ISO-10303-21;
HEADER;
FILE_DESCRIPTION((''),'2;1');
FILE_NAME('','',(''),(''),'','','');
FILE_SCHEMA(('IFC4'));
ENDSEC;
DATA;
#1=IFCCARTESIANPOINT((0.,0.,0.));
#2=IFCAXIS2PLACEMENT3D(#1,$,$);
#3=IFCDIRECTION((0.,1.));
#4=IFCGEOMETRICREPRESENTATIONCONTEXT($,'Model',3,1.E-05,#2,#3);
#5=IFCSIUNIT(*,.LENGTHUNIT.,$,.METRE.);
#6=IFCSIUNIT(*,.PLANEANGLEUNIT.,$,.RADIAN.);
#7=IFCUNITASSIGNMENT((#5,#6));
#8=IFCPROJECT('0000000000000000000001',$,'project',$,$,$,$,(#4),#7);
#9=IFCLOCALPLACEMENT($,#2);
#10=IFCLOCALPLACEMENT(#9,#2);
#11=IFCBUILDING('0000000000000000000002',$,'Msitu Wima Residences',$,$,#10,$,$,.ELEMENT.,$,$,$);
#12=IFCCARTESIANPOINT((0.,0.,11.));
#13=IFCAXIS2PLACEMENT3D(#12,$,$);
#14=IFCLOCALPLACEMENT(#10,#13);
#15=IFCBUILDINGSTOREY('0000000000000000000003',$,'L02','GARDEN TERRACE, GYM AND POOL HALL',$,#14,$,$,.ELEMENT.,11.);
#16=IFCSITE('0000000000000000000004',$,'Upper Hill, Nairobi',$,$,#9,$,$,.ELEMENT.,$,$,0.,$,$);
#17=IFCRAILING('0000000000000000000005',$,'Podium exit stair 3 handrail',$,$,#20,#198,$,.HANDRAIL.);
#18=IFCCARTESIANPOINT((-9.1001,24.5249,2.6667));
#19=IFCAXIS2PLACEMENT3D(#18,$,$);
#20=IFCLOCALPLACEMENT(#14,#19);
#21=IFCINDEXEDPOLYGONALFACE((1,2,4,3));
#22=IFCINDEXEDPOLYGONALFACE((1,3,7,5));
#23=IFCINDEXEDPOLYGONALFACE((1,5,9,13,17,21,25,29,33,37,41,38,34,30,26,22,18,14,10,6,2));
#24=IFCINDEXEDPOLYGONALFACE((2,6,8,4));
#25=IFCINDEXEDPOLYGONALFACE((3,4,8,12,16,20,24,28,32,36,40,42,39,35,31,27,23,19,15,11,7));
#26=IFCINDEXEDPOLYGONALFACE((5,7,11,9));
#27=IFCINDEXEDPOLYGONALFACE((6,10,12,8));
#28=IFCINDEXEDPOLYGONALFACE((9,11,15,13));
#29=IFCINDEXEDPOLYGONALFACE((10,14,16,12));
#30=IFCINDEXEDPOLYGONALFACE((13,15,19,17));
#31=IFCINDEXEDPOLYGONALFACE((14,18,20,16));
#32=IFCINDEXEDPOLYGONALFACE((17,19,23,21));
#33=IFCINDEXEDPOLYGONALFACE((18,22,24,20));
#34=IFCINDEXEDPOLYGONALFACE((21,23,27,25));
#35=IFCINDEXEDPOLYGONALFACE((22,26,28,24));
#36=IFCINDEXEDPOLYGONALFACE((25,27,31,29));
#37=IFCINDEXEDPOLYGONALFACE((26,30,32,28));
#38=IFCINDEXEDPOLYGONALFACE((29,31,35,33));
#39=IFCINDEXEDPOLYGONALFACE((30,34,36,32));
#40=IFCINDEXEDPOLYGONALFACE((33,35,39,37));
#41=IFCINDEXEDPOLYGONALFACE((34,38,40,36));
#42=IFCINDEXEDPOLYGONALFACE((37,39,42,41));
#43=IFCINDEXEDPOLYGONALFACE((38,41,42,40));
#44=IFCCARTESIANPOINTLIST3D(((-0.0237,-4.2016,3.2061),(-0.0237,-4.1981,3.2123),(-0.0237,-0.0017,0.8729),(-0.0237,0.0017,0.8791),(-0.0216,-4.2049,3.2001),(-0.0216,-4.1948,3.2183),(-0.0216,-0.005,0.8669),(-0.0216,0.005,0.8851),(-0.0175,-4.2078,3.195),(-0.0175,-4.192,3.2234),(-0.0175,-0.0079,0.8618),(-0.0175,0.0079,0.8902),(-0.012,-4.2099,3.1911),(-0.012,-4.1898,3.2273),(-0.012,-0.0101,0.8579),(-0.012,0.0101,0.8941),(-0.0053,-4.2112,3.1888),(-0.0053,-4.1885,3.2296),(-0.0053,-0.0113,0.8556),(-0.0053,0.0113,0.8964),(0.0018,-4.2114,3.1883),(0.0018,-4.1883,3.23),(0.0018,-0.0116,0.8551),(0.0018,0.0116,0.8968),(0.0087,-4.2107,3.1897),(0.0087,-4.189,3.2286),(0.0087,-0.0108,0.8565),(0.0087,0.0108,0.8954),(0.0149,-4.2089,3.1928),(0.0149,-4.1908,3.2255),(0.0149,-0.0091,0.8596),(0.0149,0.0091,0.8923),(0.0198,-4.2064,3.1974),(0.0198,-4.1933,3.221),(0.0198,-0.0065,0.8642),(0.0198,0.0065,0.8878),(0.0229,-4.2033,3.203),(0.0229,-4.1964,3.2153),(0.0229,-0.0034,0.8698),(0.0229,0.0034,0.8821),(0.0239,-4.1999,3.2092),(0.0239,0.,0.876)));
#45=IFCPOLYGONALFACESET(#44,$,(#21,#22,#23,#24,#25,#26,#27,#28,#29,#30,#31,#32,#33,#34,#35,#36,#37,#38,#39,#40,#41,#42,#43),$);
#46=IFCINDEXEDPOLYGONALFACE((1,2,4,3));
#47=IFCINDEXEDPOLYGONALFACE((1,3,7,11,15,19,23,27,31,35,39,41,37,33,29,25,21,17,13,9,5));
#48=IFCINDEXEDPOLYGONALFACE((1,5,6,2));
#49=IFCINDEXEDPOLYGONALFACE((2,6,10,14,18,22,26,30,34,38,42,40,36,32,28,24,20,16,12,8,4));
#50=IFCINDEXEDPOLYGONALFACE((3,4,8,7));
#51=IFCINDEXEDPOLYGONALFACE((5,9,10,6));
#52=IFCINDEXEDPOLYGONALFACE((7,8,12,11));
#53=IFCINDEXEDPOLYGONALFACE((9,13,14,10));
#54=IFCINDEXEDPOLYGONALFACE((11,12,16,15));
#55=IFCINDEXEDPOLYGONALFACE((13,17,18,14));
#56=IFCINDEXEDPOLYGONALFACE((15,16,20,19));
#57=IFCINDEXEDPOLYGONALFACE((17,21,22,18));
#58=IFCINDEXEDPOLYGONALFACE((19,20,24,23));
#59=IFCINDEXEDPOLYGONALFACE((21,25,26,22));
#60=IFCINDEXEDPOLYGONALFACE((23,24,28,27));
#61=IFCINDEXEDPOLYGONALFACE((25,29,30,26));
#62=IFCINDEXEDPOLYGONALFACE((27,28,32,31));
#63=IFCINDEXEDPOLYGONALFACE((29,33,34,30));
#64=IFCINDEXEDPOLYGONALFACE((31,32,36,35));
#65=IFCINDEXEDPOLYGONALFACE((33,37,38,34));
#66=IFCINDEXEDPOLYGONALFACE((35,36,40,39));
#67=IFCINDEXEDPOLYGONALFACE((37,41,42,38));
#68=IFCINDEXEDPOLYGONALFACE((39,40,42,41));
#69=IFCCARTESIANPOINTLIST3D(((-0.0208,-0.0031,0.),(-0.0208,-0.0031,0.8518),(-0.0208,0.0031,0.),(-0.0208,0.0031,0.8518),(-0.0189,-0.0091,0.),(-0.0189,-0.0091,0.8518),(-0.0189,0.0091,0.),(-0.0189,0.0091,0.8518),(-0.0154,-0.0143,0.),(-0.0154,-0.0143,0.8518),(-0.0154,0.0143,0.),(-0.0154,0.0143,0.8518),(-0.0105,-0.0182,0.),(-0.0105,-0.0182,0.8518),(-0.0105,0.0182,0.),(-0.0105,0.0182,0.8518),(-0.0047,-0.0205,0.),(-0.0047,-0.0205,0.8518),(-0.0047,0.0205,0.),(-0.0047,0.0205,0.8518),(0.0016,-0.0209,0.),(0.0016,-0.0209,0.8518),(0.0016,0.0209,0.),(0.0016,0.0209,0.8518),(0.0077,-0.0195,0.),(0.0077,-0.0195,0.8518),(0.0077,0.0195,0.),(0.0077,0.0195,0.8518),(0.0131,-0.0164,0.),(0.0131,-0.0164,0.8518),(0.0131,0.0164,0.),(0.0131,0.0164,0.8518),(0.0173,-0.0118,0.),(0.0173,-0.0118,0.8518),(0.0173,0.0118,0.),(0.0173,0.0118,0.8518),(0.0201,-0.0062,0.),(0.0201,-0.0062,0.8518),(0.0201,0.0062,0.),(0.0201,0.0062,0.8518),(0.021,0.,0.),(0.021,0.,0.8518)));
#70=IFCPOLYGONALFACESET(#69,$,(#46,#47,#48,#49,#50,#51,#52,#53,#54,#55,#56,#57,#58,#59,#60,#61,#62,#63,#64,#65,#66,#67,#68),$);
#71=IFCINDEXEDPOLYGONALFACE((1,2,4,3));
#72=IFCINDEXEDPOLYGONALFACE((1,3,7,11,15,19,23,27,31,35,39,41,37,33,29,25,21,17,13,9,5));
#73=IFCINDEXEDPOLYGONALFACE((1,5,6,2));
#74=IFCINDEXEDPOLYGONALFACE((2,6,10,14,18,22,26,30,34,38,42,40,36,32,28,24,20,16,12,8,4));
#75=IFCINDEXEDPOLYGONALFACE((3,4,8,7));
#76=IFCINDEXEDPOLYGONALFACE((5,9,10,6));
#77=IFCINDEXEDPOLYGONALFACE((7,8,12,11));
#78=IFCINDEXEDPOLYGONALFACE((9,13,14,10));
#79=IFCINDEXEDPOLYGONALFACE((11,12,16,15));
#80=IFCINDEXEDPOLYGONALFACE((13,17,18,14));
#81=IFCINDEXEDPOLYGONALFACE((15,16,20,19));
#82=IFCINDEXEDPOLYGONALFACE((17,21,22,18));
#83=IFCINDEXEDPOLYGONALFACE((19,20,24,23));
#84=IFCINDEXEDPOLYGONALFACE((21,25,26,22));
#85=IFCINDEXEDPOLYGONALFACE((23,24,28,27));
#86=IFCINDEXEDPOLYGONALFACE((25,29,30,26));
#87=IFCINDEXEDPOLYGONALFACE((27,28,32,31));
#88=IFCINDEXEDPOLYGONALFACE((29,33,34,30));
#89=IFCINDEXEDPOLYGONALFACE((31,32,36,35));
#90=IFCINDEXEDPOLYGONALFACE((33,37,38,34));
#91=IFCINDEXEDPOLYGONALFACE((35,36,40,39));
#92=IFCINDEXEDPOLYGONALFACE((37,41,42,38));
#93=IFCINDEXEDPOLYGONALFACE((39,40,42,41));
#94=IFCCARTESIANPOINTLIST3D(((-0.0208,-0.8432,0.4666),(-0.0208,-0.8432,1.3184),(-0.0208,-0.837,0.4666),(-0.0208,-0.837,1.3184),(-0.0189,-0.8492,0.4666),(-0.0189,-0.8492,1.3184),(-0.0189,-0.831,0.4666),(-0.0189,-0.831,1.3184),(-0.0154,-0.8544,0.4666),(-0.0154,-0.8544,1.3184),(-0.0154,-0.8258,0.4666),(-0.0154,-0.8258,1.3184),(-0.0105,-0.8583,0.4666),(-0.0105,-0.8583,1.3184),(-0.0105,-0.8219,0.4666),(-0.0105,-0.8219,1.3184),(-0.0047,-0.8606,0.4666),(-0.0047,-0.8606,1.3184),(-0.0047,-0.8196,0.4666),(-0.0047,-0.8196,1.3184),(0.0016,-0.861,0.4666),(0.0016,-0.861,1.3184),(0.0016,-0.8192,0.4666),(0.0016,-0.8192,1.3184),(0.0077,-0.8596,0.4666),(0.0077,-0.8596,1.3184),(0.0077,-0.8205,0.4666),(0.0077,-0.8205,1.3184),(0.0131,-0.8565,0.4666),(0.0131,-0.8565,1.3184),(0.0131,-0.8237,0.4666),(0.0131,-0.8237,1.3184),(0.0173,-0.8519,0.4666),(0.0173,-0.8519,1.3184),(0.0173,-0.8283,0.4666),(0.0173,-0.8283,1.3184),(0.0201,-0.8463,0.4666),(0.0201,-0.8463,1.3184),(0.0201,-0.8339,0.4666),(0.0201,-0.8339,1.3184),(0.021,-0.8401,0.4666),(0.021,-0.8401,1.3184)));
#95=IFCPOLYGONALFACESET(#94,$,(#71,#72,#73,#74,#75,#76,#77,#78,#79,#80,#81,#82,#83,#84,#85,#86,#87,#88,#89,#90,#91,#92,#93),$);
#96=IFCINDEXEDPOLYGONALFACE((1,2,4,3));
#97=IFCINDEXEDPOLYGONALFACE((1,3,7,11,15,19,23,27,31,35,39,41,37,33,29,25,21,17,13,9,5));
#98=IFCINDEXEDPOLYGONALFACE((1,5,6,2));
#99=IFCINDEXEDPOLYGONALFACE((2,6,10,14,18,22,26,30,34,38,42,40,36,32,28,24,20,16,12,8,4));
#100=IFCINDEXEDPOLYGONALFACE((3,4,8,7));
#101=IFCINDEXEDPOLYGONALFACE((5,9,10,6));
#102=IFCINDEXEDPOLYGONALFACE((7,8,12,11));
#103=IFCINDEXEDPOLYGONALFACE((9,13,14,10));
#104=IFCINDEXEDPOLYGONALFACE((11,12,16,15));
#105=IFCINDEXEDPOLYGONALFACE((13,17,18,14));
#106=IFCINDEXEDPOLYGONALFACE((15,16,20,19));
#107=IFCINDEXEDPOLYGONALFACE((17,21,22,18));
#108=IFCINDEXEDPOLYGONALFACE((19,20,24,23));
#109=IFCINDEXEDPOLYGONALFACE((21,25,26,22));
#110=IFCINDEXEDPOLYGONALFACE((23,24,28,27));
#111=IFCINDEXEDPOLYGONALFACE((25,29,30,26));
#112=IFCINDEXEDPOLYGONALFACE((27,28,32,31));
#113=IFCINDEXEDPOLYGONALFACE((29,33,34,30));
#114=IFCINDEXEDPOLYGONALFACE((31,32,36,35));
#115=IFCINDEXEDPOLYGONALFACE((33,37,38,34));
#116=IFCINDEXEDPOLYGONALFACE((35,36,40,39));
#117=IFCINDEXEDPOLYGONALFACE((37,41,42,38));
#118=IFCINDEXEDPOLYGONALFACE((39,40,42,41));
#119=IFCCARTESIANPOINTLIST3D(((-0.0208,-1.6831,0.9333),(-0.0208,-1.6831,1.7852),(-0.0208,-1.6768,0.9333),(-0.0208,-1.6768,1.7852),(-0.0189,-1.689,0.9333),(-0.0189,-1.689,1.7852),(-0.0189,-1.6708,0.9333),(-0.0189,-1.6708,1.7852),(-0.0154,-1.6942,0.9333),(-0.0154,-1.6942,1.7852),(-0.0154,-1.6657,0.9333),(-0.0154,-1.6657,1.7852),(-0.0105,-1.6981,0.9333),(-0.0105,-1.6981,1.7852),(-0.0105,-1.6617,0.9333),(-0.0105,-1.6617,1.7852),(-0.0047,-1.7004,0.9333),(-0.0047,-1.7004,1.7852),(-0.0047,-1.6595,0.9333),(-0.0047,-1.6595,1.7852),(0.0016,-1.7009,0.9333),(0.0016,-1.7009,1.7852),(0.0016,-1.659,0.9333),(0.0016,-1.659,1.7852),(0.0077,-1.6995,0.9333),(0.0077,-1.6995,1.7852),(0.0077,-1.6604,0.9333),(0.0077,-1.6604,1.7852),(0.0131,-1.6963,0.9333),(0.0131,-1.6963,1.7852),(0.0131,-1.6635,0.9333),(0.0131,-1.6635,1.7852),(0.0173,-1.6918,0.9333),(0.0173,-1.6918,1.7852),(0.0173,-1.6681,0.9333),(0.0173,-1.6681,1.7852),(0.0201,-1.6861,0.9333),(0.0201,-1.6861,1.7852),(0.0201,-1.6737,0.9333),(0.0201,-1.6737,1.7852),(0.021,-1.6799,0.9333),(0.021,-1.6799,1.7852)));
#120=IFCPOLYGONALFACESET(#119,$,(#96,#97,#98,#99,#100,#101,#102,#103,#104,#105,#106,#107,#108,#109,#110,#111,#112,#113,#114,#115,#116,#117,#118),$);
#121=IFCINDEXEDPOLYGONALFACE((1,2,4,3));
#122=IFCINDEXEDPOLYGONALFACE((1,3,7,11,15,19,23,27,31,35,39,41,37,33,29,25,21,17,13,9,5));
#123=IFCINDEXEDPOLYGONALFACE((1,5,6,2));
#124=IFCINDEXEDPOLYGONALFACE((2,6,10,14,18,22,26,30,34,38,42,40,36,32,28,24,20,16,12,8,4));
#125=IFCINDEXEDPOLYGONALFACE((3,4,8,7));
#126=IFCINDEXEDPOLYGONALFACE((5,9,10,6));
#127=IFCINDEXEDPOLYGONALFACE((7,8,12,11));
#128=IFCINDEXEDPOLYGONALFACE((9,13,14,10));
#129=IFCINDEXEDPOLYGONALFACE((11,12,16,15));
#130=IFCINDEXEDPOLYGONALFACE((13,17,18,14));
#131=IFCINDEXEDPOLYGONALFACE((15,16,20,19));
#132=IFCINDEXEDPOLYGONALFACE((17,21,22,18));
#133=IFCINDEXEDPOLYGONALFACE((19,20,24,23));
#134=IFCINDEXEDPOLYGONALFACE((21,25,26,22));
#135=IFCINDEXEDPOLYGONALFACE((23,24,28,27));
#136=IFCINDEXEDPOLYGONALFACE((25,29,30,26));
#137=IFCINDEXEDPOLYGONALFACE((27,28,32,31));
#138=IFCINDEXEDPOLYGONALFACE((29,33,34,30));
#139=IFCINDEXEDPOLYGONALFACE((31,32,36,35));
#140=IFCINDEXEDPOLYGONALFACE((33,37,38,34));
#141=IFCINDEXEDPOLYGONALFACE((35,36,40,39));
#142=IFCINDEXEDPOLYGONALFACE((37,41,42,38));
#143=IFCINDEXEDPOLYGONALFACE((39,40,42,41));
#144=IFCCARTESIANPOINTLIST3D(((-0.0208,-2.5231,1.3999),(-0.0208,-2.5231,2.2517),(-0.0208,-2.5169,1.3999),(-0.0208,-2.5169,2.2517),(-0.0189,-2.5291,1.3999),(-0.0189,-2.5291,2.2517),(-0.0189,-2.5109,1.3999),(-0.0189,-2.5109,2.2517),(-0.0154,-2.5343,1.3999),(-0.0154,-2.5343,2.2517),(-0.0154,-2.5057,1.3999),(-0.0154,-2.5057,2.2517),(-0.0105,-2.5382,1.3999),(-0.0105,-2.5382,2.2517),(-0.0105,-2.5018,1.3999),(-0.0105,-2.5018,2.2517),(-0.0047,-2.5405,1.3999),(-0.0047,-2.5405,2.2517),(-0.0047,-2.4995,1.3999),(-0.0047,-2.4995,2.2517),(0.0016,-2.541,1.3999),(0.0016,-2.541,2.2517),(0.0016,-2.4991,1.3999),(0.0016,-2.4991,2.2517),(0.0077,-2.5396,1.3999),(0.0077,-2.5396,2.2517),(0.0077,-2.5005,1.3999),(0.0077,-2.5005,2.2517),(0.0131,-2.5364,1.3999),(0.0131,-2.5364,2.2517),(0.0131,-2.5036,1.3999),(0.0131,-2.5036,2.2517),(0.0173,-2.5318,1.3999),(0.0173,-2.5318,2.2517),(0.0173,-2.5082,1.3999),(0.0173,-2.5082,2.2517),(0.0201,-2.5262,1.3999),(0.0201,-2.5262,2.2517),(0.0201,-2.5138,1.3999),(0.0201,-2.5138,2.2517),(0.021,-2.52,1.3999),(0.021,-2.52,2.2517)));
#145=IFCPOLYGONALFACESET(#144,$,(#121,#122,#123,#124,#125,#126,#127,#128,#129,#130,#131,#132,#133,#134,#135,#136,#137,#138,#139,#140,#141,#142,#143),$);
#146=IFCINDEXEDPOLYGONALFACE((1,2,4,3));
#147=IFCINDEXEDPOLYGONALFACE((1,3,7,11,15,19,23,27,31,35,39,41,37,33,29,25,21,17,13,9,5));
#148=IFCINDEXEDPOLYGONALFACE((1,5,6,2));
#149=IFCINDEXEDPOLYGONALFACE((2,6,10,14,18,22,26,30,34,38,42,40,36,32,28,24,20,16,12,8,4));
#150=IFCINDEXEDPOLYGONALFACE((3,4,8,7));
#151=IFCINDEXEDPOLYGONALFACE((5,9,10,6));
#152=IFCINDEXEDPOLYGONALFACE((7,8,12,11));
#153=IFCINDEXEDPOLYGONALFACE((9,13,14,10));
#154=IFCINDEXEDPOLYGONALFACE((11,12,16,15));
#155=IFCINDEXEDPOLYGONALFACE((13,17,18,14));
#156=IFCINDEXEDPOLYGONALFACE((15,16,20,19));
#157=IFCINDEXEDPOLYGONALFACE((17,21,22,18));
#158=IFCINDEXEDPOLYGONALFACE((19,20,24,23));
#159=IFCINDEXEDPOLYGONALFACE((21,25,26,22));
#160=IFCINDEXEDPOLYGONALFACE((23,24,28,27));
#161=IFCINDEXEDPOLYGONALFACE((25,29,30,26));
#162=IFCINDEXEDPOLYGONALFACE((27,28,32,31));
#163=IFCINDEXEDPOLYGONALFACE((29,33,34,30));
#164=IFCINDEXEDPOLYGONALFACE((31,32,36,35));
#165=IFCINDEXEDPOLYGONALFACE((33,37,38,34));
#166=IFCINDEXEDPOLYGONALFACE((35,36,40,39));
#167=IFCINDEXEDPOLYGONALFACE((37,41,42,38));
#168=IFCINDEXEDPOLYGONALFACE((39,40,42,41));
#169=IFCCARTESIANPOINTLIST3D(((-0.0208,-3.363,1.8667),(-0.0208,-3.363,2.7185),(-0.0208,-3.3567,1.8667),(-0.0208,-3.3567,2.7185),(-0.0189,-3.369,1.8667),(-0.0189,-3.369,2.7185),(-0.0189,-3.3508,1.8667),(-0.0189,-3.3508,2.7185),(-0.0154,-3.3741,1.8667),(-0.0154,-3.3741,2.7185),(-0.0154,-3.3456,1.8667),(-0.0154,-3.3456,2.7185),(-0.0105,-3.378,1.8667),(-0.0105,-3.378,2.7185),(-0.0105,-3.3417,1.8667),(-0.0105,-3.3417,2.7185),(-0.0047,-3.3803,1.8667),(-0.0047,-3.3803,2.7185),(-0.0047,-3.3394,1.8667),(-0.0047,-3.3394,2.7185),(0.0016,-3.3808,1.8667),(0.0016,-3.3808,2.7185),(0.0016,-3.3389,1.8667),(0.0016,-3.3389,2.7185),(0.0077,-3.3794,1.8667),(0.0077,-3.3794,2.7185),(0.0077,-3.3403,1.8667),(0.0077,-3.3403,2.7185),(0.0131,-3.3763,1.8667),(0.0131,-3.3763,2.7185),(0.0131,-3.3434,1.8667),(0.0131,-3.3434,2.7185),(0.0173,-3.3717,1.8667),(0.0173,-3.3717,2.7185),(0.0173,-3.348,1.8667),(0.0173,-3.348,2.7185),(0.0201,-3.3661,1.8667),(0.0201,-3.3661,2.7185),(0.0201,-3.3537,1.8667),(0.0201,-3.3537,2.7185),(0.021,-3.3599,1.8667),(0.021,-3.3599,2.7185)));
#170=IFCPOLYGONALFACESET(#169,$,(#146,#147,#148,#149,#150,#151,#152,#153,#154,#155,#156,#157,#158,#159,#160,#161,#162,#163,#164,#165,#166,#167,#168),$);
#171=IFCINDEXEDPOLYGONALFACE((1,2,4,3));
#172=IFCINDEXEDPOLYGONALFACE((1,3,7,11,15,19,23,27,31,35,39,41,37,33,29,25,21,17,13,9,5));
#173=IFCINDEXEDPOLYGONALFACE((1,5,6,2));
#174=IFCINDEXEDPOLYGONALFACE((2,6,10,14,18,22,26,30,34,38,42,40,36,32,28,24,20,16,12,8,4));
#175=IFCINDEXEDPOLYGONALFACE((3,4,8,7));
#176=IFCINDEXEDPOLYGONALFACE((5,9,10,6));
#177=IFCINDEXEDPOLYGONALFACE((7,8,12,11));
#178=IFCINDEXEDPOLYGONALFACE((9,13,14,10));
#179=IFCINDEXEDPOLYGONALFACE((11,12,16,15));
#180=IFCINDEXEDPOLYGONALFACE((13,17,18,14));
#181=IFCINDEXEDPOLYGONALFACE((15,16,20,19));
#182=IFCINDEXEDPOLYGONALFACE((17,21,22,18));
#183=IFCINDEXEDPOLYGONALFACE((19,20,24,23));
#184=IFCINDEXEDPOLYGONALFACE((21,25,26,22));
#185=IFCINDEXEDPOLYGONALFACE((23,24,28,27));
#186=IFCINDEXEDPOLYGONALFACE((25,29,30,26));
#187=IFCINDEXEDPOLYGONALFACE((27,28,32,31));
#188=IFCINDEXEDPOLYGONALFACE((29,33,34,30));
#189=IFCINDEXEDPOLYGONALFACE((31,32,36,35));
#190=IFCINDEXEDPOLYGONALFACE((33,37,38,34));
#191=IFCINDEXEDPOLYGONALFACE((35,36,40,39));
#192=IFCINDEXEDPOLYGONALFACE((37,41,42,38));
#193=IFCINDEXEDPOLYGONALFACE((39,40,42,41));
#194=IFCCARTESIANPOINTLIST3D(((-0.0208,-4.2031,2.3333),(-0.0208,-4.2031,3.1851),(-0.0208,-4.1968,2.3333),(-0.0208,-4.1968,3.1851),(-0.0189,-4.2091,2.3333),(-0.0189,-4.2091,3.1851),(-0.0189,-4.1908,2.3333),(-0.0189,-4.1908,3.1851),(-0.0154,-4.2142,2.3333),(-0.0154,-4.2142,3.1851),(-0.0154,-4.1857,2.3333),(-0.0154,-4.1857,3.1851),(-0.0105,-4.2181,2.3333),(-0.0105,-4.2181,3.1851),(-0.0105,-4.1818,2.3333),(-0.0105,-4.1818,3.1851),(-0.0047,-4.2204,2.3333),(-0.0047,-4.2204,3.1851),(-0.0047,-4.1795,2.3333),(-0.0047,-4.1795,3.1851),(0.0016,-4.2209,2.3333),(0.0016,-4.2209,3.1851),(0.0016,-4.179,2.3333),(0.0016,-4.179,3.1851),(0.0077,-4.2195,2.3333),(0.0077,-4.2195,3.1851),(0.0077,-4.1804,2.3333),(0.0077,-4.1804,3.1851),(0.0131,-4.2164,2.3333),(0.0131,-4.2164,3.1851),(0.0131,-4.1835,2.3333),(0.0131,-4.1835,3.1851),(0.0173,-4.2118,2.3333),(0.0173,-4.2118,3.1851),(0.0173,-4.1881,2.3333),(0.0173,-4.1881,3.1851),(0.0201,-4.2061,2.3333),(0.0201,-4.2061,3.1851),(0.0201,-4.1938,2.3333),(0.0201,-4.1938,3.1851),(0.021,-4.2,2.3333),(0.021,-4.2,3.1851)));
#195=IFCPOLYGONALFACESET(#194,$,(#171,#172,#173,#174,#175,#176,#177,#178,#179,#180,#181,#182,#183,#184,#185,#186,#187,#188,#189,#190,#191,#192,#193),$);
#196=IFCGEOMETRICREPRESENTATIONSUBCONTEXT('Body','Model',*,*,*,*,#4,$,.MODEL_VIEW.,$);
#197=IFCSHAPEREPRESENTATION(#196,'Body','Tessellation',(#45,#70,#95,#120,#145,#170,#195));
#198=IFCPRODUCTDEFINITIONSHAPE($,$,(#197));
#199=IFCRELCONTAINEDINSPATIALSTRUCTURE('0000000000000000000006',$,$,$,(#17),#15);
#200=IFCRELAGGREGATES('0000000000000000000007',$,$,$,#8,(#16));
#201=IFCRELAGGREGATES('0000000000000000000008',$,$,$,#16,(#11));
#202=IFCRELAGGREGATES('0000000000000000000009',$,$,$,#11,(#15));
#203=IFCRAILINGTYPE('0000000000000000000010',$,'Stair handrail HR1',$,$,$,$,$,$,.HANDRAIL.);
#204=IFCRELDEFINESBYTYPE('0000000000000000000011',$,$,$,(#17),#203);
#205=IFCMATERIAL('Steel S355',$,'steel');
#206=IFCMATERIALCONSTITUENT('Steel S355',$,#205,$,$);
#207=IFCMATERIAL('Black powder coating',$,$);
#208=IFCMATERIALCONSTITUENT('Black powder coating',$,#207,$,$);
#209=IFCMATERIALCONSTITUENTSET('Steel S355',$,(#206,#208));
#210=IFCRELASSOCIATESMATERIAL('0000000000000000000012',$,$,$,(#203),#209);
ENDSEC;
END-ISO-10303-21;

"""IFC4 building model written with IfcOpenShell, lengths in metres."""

from ifc_helpers import new_model, si_unit, direction, frame, origin, origin_2d, place, context, subcontext, project, spatial, circle, extrude, material, constituent, constituent_set, type_object, element, save


model = new_model("IFC4")

# Units and contexts
model_context = context("Model", 3, precision=1e-05, world=origin(), true_north=direction((0.0, 1.0)))
body_context = subcontext(model_context, "Body", "Model", "MODEL_VIEW")
ifc_project = project(units=[si_unit("LENGTHUNIT", "METRE"), si_unit("PLANEANGLEUNIT", "RADIAN")], contexts=[model_context])

# Site, building, storey
site_placement = place(None, origin())
site = spatial("IfcSite", under=ifc_project, at=site_placement, Name="Upper Hill, Nairobi", CompositionType="ELEMENT", RefElevation=0.0)
building_placement = place(site_placement, origin())
building = spatial("IfcBuilding", under=site, at=building_placement, Name="Msitu Wima Residences", CompositionType="ELEMENT")
storey_placement = place(building_placement, frame((0.0, 0.0, 11.0)))
storey = spatial("IfcBuildingStorey", under=building, at=storey_placement, Name="L02", Description="GARDEN TERRACE, GYM AND POOL HALL", CompositionType="ELEMENT", Elevation=11.0)

# Railing
ifc_material_1 = material(Name="Steel S355", Category="steel")
ifc_constituent_1 = constituent(ifc_material_1, Name="Steel S355")
ifc_material_2 = material(Name="Black powder coating")
ifc_constituent_2 = constituent(ifc_material_2, Name="Black powder coating")
ifc_constituent_set = constituent_set(constituents=[ifc_constituent_1, ifc_constituent_2], Name="Steel S355")
railing_type = type_object("IfcRailingType", Name="Stair handrail HR1", PredefinedType="HANDRAIL", material=ifc_constituent_set)
for number, where, name in (
    (1, (-9.1001, 24.5249, 2.6667), "Podium exit stair 3 handrail"),
):
    element("IfcRailing", number, at=place(storey_placement, frame(where)), inside=storey, type_object=railing_type, Name=name, PredefinedType="HANDRAIL", context=body_context, shape_type="SweptSolid", body=[
        extrude(circle(Radius=0.0239, at=origin_2d()), frame((0.0, 0.0, 0.876), z_axis=(0.0, -0.874162, 0.485634), x_axis=(1.0, 0.0, 0.0)), (0.0, 0.0, 1.0), 4.8044),
        extrude(circle(Radius=0.021, at=origin_2d()), origin(), (0.0, 0.0, 1.0), 0.8518),
        extrude(circle(Radius=0.021, at=origin_2d()), frame((0.0, -0.8401, 0.4666)), (0.0, 0.0, 1.0), 0.8518),
        extrude(circle(Radius=0.021, at=origin_2d()), frame((0.0, -1.6799, 0.9333)), (0.0, 0.0, 1.0), 0.8518),
        extrude(circle(Radius=0.021, at=origin_2d()), frame((0.0, -2.52, 1.3999)), (0.0, 0.0, 1.0), 0.8518),
        extrude(circle(Radius=0.021, at=origin_2d()), frame((0.0, -3.3599, 1.8667)), (0.0, 0.0, 1.0), 0.8518),
        extrude(circle(Radius=0.021, at=origin_2d()), frame((0.0, -4.2, 2.3333)), (0.0, 0.0, 1.0), 0.8518),
    ])

save(model, "model.ifc")
